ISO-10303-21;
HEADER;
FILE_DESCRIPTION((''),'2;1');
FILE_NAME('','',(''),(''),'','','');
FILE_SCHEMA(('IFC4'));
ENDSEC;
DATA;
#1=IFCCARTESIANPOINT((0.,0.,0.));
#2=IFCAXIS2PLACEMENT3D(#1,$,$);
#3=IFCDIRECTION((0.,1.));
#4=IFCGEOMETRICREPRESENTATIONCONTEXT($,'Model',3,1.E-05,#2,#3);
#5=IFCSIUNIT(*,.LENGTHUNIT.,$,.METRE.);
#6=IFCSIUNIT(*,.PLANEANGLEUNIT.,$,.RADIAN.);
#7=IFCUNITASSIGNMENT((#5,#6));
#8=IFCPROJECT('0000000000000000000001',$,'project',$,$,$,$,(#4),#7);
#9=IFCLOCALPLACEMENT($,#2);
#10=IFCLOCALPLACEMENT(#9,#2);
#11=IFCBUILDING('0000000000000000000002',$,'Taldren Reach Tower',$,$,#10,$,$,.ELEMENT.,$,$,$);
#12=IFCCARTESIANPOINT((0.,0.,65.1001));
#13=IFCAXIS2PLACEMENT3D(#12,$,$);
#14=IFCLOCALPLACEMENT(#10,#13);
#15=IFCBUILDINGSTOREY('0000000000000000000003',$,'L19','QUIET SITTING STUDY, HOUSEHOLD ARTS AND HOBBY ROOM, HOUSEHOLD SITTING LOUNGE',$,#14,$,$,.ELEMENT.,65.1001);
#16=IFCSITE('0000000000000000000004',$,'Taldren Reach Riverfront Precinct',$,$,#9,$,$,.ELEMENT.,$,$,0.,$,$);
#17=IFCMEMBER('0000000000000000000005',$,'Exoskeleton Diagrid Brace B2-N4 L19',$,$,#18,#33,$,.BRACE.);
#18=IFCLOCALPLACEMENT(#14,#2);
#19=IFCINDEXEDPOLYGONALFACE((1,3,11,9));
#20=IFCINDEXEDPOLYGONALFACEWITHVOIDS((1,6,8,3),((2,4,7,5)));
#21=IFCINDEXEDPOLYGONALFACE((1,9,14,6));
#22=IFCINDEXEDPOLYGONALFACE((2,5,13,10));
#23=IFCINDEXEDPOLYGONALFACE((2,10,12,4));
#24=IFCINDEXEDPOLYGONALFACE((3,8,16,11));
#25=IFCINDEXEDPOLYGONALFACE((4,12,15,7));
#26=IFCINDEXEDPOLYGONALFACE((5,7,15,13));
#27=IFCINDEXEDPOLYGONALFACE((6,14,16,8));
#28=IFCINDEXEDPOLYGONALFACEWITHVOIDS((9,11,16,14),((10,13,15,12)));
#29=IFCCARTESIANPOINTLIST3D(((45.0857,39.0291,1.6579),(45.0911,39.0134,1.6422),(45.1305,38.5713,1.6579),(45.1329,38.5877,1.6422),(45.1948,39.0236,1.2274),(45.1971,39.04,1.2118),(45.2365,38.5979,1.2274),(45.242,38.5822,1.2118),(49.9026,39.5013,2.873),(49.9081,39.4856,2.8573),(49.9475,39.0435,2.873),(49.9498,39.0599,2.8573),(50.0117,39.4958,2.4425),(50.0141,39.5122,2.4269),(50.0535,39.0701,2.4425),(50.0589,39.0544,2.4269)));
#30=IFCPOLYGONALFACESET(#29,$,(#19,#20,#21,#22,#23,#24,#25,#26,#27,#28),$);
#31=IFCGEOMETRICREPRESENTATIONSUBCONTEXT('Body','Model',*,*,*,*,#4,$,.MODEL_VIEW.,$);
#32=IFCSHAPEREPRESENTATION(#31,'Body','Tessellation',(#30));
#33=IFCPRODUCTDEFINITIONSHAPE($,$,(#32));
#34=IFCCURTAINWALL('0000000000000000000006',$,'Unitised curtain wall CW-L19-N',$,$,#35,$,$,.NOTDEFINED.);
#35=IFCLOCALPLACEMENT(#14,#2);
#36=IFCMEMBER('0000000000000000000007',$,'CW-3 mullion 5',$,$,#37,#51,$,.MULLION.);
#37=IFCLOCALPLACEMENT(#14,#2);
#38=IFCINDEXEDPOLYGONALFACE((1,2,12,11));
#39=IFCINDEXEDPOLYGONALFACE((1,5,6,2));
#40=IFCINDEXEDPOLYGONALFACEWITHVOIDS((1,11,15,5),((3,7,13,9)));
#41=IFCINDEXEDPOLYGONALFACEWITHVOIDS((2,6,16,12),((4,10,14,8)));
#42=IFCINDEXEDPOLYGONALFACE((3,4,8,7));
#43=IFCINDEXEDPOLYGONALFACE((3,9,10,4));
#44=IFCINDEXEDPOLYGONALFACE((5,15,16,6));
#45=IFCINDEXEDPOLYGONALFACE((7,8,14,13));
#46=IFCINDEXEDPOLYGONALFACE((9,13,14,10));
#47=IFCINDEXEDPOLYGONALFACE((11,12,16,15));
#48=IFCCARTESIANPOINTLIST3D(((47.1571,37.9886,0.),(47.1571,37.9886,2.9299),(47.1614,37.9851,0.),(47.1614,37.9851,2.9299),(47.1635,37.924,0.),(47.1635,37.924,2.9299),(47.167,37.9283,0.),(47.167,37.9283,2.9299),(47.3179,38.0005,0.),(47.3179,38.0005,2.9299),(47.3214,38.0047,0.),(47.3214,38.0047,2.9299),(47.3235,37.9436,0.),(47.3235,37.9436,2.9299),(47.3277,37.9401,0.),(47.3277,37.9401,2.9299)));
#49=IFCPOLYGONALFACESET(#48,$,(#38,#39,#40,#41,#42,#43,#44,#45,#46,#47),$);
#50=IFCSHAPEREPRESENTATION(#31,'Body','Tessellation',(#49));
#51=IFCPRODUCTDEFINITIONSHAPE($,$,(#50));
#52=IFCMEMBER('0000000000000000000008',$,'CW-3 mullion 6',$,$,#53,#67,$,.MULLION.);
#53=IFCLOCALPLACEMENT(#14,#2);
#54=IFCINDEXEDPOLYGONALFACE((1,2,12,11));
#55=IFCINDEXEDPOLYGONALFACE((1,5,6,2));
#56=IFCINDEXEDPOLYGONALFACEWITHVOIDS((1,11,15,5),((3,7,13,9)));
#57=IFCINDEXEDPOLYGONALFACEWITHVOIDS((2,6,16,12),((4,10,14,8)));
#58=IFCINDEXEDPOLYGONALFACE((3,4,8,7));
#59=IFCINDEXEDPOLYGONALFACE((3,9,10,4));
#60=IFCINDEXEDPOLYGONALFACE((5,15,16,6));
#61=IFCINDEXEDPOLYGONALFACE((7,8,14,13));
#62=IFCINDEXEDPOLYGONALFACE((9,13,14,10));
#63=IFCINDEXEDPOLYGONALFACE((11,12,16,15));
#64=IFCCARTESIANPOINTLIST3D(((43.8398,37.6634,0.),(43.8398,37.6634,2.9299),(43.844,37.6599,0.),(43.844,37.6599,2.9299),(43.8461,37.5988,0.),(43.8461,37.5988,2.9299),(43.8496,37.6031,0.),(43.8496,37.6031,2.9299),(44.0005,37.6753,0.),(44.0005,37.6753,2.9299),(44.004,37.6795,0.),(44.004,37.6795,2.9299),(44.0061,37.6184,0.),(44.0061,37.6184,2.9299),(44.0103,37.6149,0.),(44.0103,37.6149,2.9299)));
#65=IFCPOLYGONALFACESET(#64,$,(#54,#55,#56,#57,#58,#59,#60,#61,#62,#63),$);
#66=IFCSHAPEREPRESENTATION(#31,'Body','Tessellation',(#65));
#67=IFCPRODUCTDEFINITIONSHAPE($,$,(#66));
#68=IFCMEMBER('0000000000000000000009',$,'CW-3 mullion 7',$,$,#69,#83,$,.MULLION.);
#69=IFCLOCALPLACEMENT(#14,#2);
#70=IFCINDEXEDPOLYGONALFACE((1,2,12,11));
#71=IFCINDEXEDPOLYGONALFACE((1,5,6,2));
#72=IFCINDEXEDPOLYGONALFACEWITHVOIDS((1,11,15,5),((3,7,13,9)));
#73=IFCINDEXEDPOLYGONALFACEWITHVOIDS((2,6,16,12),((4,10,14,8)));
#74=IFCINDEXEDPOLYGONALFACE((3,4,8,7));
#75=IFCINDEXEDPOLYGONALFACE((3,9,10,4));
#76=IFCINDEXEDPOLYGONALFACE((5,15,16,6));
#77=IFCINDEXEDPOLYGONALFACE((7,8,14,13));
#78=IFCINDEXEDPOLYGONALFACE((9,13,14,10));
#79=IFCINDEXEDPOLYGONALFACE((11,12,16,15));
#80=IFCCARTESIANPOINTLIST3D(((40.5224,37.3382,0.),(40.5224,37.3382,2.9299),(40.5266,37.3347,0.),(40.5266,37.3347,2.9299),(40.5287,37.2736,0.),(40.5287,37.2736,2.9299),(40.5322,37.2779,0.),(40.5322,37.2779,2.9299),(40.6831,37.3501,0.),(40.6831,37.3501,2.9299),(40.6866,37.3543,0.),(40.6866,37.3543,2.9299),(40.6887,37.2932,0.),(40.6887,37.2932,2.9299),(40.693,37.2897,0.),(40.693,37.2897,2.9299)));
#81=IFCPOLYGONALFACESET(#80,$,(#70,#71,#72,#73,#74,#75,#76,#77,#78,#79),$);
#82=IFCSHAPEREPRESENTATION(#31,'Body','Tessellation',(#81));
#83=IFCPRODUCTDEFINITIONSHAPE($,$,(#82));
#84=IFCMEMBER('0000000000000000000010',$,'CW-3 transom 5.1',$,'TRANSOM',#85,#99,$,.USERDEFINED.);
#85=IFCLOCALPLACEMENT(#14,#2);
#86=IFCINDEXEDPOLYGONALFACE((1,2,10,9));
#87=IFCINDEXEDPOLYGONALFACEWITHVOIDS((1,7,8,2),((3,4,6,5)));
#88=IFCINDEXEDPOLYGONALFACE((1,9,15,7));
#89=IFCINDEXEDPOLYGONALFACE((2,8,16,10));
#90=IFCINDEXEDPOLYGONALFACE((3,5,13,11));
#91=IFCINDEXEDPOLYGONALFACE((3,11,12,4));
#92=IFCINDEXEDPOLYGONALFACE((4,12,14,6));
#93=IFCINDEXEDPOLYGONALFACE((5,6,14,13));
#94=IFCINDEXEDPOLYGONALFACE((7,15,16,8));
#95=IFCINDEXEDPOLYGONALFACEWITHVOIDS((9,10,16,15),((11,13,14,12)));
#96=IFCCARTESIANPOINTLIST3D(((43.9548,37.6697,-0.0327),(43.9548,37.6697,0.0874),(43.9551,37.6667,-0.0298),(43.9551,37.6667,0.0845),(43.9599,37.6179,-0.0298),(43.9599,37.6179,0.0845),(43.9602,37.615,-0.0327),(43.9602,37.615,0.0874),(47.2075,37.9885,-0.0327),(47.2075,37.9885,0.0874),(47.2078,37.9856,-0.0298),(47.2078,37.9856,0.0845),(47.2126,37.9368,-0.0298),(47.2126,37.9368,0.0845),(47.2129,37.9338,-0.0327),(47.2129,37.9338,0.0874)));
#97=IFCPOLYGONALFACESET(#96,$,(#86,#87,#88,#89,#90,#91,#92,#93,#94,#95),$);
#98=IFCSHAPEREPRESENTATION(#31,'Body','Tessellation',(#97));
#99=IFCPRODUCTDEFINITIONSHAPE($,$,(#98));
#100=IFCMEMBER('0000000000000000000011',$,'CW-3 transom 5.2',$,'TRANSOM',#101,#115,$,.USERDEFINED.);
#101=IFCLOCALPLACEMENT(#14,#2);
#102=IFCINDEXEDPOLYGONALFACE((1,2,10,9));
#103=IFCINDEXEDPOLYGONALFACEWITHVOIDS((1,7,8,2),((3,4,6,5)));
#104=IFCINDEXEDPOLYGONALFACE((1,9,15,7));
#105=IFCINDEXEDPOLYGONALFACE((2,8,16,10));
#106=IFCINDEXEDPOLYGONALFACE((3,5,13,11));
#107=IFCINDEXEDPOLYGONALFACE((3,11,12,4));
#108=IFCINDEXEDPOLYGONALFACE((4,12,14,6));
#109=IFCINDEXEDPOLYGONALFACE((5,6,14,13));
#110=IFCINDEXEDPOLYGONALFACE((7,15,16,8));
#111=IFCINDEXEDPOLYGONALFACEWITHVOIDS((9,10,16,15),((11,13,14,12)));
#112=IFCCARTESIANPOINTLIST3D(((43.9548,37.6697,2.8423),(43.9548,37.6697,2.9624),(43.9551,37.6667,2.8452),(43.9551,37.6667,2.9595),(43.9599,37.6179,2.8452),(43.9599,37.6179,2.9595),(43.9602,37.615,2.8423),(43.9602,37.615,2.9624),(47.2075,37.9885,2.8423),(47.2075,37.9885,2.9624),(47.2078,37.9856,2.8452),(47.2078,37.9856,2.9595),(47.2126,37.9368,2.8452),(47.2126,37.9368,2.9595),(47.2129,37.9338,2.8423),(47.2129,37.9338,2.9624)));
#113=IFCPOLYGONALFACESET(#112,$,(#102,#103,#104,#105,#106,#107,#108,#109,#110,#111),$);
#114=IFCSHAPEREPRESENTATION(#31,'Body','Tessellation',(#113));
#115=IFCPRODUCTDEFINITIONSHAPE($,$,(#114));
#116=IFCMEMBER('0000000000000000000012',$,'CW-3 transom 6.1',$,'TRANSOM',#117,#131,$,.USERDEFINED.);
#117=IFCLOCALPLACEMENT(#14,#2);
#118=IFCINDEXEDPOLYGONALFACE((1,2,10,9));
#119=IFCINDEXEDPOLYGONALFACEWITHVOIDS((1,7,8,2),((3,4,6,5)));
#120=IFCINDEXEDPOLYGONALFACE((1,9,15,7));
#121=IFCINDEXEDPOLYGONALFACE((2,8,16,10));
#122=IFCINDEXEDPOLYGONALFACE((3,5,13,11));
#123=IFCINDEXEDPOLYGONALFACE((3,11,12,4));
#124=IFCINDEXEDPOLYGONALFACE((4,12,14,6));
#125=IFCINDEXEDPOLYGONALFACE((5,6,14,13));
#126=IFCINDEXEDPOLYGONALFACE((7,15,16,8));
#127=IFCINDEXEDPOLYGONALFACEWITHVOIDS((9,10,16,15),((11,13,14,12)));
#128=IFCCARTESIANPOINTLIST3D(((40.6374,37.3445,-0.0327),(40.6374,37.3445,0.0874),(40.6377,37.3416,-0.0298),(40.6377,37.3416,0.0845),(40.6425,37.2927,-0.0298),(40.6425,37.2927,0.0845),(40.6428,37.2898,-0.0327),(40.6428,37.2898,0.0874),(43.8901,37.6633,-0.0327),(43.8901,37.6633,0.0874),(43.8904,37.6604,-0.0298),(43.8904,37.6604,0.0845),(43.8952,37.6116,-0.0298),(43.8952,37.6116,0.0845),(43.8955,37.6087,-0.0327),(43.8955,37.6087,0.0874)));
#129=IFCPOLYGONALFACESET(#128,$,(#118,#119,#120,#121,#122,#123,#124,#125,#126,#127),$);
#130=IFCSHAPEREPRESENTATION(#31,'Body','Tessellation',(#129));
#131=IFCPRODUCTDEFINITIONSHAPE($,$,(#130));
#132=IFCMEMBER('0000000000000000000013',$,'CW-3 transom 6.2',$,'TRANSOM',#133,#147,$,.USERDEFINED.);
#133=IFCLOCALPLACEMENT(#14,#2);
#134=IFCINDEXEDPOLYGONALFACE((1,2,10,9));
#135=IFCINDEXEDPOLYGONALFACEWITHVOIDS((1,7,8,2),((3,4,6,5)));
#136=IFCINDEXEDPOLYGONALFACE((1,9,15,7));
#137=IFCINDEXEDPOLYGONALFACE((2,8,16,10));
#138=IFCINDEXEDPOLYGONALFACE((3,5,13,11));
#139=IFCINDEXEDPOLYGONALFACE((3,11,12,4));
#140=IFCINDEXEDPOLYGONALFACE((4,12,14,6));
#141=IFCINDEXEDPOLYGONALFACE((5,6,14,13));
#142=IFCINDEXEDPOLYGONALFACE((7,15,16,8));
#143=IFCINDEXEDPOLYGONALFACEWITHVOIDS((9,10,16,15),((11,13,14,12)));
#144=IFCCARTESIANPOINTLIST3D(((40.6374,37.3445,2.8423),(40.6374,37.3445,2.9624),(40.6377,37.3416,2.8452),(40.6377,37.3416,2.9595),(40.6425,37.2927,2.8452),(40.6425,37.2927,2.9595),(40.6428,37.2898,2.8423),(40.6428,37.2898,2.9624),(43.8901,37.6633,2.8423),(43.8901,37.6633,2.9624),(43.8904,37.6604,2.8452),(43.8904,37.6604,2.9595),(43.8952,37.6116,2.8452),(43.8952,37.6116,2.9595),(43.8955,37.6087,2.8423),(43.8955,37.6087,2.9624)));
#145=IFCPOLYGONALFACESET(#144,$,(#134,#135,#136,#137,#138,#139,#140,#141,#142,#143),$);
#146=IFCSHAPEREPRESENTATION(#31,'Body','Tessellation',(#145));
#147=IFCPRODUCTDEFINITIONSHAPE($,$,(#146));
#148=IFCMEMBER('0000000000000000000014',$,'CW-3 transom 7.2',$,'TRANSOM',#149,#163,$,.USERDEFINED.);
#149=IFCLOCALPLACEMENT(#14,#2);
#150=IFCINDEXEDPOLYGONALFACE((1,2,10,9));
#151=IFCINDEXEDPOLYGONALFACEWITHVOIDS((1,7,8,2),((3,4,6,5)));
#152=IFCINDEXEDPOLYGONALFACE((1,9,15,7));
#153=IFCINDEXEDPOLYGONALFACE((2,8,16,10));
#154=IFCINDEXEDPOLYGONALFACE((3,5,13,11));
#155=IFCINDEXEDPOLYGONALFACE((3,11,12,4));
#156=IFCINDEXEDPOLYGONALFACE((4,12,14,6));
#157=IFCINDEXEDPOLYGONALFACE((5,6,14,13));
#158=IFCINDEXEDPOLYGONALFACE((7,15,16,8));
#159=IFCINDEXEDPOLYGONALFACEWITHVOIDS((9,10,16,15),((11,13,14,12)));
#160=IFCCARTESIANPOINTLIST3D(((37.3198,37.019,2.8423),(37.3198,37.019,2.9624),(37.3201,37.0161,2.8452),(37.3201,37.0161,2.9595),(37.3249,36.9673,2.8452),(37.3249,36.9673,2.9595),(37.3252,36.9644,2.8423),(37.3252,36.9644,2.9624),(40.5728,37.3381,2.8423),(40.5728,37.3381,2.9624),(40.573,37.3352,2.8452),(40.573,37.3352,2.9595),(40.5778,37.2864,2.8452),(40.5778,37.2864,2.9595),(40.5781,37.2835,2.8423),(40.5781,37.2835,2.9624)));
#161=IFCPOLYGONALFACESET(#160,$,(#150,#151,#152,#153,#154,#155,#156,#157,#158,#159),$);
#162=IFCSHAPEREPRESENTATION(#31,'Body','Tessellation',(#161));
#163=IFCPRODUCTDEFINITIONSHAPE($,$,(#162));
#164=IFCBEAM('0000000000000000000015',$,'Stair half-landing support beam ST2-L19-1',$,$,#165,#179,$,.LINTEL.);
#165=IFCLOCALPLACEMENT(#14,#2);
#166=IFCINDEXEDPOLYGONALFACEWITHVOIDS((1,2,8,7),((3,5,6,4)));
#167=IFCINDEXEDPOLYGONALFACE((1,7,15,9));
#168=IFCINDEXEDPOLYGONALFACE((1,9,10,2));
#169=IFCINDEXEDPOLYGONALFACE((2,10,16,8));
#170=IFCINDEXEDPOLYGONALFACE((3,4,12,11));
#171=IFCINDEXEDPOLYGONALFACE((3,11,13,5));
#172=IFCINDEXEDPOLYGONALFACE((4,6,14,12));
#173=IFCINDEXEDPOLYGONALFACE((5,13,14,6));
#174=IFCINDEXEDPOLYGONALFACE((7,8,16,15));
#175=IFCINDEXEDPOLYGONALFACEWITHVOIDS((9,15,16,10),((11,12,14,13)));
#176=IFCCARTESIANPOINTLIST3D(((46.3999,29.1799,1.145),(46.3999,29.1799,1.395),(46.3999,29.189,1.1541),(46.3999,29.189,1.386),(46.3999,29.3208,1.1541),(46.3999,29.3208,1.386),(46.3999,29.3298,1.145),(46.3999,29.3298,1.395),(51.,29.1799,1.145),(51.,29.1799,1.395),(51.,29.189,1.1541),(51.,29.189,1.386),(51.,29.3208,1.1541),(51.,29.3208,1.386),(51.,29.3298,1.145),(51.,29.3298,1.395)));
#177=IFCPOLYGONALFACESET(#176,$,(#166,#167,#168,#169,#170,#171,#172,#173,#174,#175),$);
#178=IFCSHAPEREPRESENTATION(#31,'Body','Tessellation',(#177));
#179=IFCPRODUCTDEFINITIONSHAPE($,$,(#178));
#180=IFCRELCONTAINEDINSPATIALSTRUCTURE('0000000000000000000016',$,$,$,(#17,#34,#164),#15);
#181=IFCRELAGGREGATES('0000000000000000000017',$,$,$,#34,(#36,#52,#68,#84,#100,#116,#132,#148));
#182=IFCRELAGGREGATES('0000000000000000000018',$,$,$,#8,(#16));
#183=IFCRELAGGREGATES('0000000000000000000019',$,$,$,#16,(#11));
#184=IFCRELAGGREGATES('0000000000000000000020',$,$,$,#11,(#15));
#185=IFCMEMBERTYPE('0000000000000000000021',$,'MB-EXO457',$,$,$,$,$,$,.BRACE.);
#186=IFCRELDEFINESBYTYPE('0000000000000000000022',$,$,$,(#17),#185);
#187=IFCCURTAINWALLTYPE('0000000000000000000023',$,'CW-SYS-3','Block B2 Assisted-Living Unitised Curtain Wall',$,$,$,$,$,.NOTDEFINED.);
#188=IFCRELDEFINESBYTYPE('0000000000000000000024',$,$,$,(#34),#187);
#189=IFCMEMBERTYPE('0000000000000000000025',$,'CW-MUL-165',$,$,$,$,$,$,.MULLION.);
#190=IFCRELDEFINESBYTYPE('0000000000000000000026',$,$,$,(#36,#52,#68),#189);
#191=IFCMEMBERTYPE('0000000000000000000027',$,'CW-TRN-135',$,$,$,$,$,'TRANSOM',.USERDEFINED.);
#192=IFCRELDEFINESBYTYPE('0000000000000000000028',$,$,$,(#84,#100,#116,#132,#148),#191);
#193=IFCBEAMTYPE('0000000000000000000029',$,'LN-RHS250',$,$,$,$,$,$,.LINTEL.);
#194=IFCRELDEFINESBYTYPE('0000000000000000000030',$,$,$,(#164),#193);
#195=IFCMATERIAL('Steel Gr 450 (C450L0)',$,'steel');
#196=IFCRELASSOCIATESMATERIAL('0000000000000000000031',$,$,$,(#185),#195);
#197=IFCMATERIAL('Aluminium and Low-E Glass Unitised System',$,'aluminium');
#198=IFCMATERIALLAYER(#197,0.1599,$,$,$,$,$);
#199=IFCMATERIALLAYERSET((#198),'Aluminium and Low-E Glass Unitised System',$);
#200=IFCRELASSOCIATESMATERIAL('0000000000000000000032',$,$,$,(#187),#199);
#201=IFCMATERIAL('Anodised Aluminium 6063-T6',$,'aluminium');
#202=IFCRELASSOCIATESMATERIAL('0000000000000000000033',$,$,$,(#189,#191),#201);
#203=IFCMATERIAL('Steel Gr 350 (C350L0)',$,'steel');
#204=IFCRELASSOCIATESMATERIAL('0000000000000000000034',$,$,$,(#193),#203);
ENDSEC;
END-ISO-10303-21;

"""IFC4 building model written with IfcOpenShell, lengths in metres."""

from ifc_helpers import new_model, si_unit, direction, frame, origin, origin_2d, place, context, subcontext, project, spatial, hollow_rectangle, extrude, source, transform, mapped, material, layer, layer_set, material_profile, profile_set, type_object, element, aggregate, save


model = new_model("IFC4")

# Units and contexts
model_context = context("Model", 3, precision=1e-05, world=origin(), true_north=direction((0.0, 1.0)))
body_context = subcontext(model_context, "Body", "Model", "MODEL_VIEW")
ifc_project = project(units=[si_unit("LENGTHUNIT", "METRE"), si_unit("PLANEANGLEUNIT", "RADIAN")], contexts=[model_context])

# Site, building, storey
site_placement = place(None, origin())
site = spatial("IfcSite", under=ifc_project, at=site_placement, Name="Taldren Reach Riverfront Precinct", CompositionType="ELEMENT", RefElevation=0.0)
building_placement = place(site_placement, origin())
building = spatial("IfcBuilding", under=site, at=building_placement, Name="Taldren Reach Tower", CompositionType="ELEMENT")
storey_placement = place(building_placement, frame((0.0, 0.0, 65.1001)))
storey = spatial("IfcBuildingStorey", under=building, at=storey_placement, Name="L19", Description="QUIET SITTING STUDY, HOUSEHOLD ARTS AND HOBBY ROOM, HOUSEHOLD SITTING LOUNGE", CompositionType="ELEMENT", Elevation=65.1001)

# Member
ifc_material_1 = material(Name="Steel Gr 450 (C450L0)", Category="steel")
ifc_material_profile_1 = material_profile(ifc_material_1, hollow_rectangle(XDim=0.46, YDim=0.46, WallThickness=0.0161, at=origin_2d()), Name="460x460x16.0SHS")
ifc_profile_set_1 = profile_set([ifc_material_profile_1], Name="Steel Gr 450 (C450L0)")
member_type_1 = type_object("IfcMemberType", Name="MB-EXO457", PredefinedType="BRACE", material=ifc_profile_set_1)
shared_shape_1 = source(origin(), body_context, "Body", "SweptSolid", [
    extrude(hollow_rectangle(XDim=0.46, YDim=0.46, WallThickness=0.0161, at=origin_2d()), origin(), (0.0, 0.0, 1.0), 4.9902),
])
member_1_placement = place(storey_placement, frame((45.1638, 38.8057, 1.4348), z_axis=(0.965276, 0.09462, 0.243496), x_axis=(-0.097556, 0.99523, 0.0)))
element("IfcMember", 1, at=member_1_placement, inside=storey, type_object=member_type_1, Name="Exoskeleton Diagrid Brace B2-N4 L19", PredefinedType="BRACE", context=body_context, shape_type="MappedRepresentation", body=[
    mapped(shared_shape_1, transform((0.0, 0.0, 0.0), scale=1.0)),
])

# Curtain wall, members
ifc_material_2 = material(Name="Aluminium and Low-E Glass Unitised System", Category="aluminium")
ifc_layer_1 = layer(ifc_material_2, 0.1599)
ifc_layer_set_1 = layer_set([ifc_layer_1], Name="Aluminium and Low-E Glass Unitised System")
curtain_wall_type = type_object("IfcCurtainWallType", Name="CW-SYS-3", Description="Block B2 Assisted-Living Unitised Curtain Wall", PredefinedType="NOTDEFINED", material=ifc_layer_set_1)
curtain_wall_placement = place(storey_placement, origin())
curtain_wall = element("IfcCurtainWall", 2, at=curtain_wall_placement, inside=storey, type_object=curtain_wall_type, Name="Unitised curtain wall CW-L19-N", PredefinedType="NOTDEFINED")
ifc_material_3 = material(Name="Anodised Aluminium 6063-T6", Category="aluminium")
ifc_material_profile_2 = material_profile(ifc_material_3, hollow_rectangle(XDim=0.0649, YDim=0.165, WallThickness=0.0039, at=origin_2d()), Name="ALU-165x65x4RHS")
ifc_profile_set_2 = profile_set([ifc_material_profile_2], Name="Anodised Aluminium 6063-T6")
member_type_2 = type_object("IfcMemberType", Name="CW-MUL-165", PredefinedType="MULLION", material=ifc_profile_set_2)
shared_shape_2 = source(origin(), body_context, "Body", "SweptSolid", [
    extrude(hollow_rectangle(XDim=0.0649, YDim=0.165, WallThickness=0.0039, at=origin_2d()), origin(), (0.0, 0.0, 1.0), 2.9299),
])
member_2_placement = place(storey_placement, frame((47.2424, 37.9644, 0.0), z_axis=(0.0, 0.0, 1.0), x_axis=(0.097583, -0.995227, 0.0)))
member_2 = element("IfcMember", 3, at=member_2_placement, type_object=member_type_2, Name="CW-3 mullion 5", PredefinedType="MULLION", context=body_context, shape_type="MappedRepresentation", body=[
    mapped(shared_shape_2, transform((0.0, 0.0, 0.0), scale=1.0)),
])
member_3_placement = place(storey_placement, frame((43.925, 37.6392, 0.0), z_axis=(0.0, 0.0, 1.0), x_axis=(0.097583, -0.995227, 0.0)))
member_3 = element("IfcMember", 4, at=member_3_placement, type_object=member_type_2, Name="CW-3 mullion 6", PredefinedType="MULLION", context=body_context, shape_type="MappedRepresentation", body=[
    mapped(shared_shape_2, transform((0.0, 0.0, 0.0), scale=1.0)),
])
member_4_placement = place(storey_placement, frame((40.6077, 37.314, 0.0), z_axis=(0.0, 0.0, 1.0), x_axis=(0.097583, -0.995227, 0.0)))
member_4 = element("IfcMember", 5, at=member_4_placement, type_object=member_type_2, Name="CW-3 mullion 7", PredefinedType="MULLION", context=body_context, shape_type="MappedRepresentation", body=[
    mapped(shared_shape_2, transform((0.0, 0.0, 0.0), scale=1.0)),
])
ifc_material_profile_3 = material_profile(ifc_material_3, hollow_rectangle(XDim=0.0549, YDim=0.1201, WallThickness=0.0029, at=origin_2d()), Name="ALU-120x55x3RHS")
ifc_profile_set_3 = profile_set([ifc_material_profile_3], Name="Anodised Aluminium 6063-T6")
member_type_3 = type_object("IfcMemberType", Name="CW-TRN-135", ElementType="TRANSOM", PredefinedType="USERDEFINED", material=ifc_profile_set_3)
shared_shape_3 = source(origin(), body_context, "Body", "SweptSolid", [
    extrude(hollow_rectangle(XDim=0.0549, YDim=0.1201, WallThickness=0.0029, at=origin_2d()), origin(), (0.0, 0.0, 1.0), 3.2683),
])
member_5_placement = place(storey_placement, frame((47.2102, 37.9612, 0.0273), z_axis=(-0.99523, -0.097558, 0.0), x_axis=(0.097558, -0.99523, 0.0)))
member_5 = element("IfcMember", 6, at=member_5_placement, type_object=member_type_3, Name="CW-3 transom 5.1", ObjectType="TRANSOM", PredefinedType="USERDEFINED", context=body_context, shape_type="MappedRepresentation", body=[
    mapped(shared_shape_3, transform((0.0, 0.0, 0.0), scale=1.0)),
])
member_6_placement = place(storey_placement, frame((47.2102, 37.9612, 2.9023), z_axis=(-0.99523, -0.097558, 0.0), x_axis=(0.097558, -0.99523, 0.0)))
member_6 = element("IfcMember", 7, at=member_6_placement, type_object=member_type_3, Name="CW-3 transom 5.2", ObjectType="TRANSOM", PredefinedType="USERDEFINED", context=body_context, shape_type="MappedRepresentation", body=[
    mapped(shared_shape_3, transform((0.0, 0.0, 0.0), scale=1.0)),
])
member_7_placement = place(storey_placement, frame((43.8928, 37.636, 0.0273), z_axis=(-0.99523, -0.097558, 0.0), x_axis=(0.097558, -0.99523, 0.0)))
member_7 = element("IfcMember", 8, at=member_7_placement, type_object=member_type_3, Name="CW-3 transom 6.1", ObjectType="TRANSOM", PredefinedType="USERDEFINED", context=body_context, shape_type="MappedRepresentation", body=[
    mapped(shared_shape_3, transform((0.0, 0.0, 0.0), scale=1.0)),
])
member_8_placement = place(storey_placement, frame((43.8928, 37.636, 2.9023), z_axis=(-0.99523, -0.097558, 0.0), x_axis=(0.097558, -0.99523, 0.0)))
member_8 = element("IfcMember", 9, at=member_8_placement, type_object=member_type_3, Name="CW-3 transom 6.2", ObjectType="TRANSOM", PredefinedType="USERDEFINED", context=body_context, shape_type="MappedRepresentation", body=[
    mapped(shared_shape_3, transform((0.0, 0.0, 0.0), scale=1.0)),
])
shared_shape_4 = source(origin(), body_context, "Body", "SweptSolid", [
    extrude(hollow_rectangle(XDim=0.0549, YDim=0.1201, WallThickness=0.0029, at=origin_2d()), origin(), (0.0, 0.0, 1.0), 3.2686),
])
member_9_placement = place(storey_placement, frame((40.5754, 37.3108, 2.9023), z_axis=(-0.995223, -0.097625, 0.0), x_axis=(0.097625, -0.995223, 0.0)))
member_9 = element("IfcMember", 10, at=member_9_placement, type_object=member_type_3, Name="CW-3 transom 7.2", ObjectType="TRANSOM", PredefinedType="USERDEFINED", context=body_context, shape_type="MappedRepresentation", body=[
    mapped(shared_shape_4, transform((0.0, 0.0, 0.0), scale=1.0)),
])

# Beam
ifc_material_4 = material(Name="Steel Gr 350 (C350L0)", Category="steel")
ifc_material_profile_4 = material_profile(ifc_material_4, hollow_rectangle(XDim=0.1499, YDim=0.25, WallThickness=0.009, at=origin_2d()), Name="250x150x9.0RHS")
ifc_profile_set_4 = profile_set([ifc_material_profile_4], Name="Steel Gr 350 (C350L0)")
beam_type = type_object("IfcBeamType", Name="LN-RHS250", PredefinedType="LINTEL", material=ifc_profile_set_4)
shared_shape_5 = source(origin(), body_context, "Body", "SweptSolid", [
    extrude(hollow_rectangle(XDim=0.1499, YDim=0.25, WallThickness=0.009, at=origin_2d()), origin(), (0.0, 0.0, 1.0), 4.6001),
])
for number, where, z_axis, x_axis, name in (
    (11, (46.3999, 29.2549, 1.27), (1.0, 0.0, 0.0), (0.0, 1.0, 0.0), "Stair half-landing support beam ST2-L19-1"),
):
    element("IfcBeam", number, at=place(storey_placement, frame(where, z_axis=z_axis, x_axis=x_axis)), inside=storey, type_object=beam_type, Name=name, PredefinedType="LINTEL", context=body_context, shape_type="MappedRepresentation", body=[
        mapped(shared_shape_5, transform((0.0, 0.0, 0.0), scale=1.0)),
    ])

aggregate(curtain_wall, [member_2, member_3, member_4, member_5, member_6, member_7, member_8, member_9])

save(model, "model.ifc")
